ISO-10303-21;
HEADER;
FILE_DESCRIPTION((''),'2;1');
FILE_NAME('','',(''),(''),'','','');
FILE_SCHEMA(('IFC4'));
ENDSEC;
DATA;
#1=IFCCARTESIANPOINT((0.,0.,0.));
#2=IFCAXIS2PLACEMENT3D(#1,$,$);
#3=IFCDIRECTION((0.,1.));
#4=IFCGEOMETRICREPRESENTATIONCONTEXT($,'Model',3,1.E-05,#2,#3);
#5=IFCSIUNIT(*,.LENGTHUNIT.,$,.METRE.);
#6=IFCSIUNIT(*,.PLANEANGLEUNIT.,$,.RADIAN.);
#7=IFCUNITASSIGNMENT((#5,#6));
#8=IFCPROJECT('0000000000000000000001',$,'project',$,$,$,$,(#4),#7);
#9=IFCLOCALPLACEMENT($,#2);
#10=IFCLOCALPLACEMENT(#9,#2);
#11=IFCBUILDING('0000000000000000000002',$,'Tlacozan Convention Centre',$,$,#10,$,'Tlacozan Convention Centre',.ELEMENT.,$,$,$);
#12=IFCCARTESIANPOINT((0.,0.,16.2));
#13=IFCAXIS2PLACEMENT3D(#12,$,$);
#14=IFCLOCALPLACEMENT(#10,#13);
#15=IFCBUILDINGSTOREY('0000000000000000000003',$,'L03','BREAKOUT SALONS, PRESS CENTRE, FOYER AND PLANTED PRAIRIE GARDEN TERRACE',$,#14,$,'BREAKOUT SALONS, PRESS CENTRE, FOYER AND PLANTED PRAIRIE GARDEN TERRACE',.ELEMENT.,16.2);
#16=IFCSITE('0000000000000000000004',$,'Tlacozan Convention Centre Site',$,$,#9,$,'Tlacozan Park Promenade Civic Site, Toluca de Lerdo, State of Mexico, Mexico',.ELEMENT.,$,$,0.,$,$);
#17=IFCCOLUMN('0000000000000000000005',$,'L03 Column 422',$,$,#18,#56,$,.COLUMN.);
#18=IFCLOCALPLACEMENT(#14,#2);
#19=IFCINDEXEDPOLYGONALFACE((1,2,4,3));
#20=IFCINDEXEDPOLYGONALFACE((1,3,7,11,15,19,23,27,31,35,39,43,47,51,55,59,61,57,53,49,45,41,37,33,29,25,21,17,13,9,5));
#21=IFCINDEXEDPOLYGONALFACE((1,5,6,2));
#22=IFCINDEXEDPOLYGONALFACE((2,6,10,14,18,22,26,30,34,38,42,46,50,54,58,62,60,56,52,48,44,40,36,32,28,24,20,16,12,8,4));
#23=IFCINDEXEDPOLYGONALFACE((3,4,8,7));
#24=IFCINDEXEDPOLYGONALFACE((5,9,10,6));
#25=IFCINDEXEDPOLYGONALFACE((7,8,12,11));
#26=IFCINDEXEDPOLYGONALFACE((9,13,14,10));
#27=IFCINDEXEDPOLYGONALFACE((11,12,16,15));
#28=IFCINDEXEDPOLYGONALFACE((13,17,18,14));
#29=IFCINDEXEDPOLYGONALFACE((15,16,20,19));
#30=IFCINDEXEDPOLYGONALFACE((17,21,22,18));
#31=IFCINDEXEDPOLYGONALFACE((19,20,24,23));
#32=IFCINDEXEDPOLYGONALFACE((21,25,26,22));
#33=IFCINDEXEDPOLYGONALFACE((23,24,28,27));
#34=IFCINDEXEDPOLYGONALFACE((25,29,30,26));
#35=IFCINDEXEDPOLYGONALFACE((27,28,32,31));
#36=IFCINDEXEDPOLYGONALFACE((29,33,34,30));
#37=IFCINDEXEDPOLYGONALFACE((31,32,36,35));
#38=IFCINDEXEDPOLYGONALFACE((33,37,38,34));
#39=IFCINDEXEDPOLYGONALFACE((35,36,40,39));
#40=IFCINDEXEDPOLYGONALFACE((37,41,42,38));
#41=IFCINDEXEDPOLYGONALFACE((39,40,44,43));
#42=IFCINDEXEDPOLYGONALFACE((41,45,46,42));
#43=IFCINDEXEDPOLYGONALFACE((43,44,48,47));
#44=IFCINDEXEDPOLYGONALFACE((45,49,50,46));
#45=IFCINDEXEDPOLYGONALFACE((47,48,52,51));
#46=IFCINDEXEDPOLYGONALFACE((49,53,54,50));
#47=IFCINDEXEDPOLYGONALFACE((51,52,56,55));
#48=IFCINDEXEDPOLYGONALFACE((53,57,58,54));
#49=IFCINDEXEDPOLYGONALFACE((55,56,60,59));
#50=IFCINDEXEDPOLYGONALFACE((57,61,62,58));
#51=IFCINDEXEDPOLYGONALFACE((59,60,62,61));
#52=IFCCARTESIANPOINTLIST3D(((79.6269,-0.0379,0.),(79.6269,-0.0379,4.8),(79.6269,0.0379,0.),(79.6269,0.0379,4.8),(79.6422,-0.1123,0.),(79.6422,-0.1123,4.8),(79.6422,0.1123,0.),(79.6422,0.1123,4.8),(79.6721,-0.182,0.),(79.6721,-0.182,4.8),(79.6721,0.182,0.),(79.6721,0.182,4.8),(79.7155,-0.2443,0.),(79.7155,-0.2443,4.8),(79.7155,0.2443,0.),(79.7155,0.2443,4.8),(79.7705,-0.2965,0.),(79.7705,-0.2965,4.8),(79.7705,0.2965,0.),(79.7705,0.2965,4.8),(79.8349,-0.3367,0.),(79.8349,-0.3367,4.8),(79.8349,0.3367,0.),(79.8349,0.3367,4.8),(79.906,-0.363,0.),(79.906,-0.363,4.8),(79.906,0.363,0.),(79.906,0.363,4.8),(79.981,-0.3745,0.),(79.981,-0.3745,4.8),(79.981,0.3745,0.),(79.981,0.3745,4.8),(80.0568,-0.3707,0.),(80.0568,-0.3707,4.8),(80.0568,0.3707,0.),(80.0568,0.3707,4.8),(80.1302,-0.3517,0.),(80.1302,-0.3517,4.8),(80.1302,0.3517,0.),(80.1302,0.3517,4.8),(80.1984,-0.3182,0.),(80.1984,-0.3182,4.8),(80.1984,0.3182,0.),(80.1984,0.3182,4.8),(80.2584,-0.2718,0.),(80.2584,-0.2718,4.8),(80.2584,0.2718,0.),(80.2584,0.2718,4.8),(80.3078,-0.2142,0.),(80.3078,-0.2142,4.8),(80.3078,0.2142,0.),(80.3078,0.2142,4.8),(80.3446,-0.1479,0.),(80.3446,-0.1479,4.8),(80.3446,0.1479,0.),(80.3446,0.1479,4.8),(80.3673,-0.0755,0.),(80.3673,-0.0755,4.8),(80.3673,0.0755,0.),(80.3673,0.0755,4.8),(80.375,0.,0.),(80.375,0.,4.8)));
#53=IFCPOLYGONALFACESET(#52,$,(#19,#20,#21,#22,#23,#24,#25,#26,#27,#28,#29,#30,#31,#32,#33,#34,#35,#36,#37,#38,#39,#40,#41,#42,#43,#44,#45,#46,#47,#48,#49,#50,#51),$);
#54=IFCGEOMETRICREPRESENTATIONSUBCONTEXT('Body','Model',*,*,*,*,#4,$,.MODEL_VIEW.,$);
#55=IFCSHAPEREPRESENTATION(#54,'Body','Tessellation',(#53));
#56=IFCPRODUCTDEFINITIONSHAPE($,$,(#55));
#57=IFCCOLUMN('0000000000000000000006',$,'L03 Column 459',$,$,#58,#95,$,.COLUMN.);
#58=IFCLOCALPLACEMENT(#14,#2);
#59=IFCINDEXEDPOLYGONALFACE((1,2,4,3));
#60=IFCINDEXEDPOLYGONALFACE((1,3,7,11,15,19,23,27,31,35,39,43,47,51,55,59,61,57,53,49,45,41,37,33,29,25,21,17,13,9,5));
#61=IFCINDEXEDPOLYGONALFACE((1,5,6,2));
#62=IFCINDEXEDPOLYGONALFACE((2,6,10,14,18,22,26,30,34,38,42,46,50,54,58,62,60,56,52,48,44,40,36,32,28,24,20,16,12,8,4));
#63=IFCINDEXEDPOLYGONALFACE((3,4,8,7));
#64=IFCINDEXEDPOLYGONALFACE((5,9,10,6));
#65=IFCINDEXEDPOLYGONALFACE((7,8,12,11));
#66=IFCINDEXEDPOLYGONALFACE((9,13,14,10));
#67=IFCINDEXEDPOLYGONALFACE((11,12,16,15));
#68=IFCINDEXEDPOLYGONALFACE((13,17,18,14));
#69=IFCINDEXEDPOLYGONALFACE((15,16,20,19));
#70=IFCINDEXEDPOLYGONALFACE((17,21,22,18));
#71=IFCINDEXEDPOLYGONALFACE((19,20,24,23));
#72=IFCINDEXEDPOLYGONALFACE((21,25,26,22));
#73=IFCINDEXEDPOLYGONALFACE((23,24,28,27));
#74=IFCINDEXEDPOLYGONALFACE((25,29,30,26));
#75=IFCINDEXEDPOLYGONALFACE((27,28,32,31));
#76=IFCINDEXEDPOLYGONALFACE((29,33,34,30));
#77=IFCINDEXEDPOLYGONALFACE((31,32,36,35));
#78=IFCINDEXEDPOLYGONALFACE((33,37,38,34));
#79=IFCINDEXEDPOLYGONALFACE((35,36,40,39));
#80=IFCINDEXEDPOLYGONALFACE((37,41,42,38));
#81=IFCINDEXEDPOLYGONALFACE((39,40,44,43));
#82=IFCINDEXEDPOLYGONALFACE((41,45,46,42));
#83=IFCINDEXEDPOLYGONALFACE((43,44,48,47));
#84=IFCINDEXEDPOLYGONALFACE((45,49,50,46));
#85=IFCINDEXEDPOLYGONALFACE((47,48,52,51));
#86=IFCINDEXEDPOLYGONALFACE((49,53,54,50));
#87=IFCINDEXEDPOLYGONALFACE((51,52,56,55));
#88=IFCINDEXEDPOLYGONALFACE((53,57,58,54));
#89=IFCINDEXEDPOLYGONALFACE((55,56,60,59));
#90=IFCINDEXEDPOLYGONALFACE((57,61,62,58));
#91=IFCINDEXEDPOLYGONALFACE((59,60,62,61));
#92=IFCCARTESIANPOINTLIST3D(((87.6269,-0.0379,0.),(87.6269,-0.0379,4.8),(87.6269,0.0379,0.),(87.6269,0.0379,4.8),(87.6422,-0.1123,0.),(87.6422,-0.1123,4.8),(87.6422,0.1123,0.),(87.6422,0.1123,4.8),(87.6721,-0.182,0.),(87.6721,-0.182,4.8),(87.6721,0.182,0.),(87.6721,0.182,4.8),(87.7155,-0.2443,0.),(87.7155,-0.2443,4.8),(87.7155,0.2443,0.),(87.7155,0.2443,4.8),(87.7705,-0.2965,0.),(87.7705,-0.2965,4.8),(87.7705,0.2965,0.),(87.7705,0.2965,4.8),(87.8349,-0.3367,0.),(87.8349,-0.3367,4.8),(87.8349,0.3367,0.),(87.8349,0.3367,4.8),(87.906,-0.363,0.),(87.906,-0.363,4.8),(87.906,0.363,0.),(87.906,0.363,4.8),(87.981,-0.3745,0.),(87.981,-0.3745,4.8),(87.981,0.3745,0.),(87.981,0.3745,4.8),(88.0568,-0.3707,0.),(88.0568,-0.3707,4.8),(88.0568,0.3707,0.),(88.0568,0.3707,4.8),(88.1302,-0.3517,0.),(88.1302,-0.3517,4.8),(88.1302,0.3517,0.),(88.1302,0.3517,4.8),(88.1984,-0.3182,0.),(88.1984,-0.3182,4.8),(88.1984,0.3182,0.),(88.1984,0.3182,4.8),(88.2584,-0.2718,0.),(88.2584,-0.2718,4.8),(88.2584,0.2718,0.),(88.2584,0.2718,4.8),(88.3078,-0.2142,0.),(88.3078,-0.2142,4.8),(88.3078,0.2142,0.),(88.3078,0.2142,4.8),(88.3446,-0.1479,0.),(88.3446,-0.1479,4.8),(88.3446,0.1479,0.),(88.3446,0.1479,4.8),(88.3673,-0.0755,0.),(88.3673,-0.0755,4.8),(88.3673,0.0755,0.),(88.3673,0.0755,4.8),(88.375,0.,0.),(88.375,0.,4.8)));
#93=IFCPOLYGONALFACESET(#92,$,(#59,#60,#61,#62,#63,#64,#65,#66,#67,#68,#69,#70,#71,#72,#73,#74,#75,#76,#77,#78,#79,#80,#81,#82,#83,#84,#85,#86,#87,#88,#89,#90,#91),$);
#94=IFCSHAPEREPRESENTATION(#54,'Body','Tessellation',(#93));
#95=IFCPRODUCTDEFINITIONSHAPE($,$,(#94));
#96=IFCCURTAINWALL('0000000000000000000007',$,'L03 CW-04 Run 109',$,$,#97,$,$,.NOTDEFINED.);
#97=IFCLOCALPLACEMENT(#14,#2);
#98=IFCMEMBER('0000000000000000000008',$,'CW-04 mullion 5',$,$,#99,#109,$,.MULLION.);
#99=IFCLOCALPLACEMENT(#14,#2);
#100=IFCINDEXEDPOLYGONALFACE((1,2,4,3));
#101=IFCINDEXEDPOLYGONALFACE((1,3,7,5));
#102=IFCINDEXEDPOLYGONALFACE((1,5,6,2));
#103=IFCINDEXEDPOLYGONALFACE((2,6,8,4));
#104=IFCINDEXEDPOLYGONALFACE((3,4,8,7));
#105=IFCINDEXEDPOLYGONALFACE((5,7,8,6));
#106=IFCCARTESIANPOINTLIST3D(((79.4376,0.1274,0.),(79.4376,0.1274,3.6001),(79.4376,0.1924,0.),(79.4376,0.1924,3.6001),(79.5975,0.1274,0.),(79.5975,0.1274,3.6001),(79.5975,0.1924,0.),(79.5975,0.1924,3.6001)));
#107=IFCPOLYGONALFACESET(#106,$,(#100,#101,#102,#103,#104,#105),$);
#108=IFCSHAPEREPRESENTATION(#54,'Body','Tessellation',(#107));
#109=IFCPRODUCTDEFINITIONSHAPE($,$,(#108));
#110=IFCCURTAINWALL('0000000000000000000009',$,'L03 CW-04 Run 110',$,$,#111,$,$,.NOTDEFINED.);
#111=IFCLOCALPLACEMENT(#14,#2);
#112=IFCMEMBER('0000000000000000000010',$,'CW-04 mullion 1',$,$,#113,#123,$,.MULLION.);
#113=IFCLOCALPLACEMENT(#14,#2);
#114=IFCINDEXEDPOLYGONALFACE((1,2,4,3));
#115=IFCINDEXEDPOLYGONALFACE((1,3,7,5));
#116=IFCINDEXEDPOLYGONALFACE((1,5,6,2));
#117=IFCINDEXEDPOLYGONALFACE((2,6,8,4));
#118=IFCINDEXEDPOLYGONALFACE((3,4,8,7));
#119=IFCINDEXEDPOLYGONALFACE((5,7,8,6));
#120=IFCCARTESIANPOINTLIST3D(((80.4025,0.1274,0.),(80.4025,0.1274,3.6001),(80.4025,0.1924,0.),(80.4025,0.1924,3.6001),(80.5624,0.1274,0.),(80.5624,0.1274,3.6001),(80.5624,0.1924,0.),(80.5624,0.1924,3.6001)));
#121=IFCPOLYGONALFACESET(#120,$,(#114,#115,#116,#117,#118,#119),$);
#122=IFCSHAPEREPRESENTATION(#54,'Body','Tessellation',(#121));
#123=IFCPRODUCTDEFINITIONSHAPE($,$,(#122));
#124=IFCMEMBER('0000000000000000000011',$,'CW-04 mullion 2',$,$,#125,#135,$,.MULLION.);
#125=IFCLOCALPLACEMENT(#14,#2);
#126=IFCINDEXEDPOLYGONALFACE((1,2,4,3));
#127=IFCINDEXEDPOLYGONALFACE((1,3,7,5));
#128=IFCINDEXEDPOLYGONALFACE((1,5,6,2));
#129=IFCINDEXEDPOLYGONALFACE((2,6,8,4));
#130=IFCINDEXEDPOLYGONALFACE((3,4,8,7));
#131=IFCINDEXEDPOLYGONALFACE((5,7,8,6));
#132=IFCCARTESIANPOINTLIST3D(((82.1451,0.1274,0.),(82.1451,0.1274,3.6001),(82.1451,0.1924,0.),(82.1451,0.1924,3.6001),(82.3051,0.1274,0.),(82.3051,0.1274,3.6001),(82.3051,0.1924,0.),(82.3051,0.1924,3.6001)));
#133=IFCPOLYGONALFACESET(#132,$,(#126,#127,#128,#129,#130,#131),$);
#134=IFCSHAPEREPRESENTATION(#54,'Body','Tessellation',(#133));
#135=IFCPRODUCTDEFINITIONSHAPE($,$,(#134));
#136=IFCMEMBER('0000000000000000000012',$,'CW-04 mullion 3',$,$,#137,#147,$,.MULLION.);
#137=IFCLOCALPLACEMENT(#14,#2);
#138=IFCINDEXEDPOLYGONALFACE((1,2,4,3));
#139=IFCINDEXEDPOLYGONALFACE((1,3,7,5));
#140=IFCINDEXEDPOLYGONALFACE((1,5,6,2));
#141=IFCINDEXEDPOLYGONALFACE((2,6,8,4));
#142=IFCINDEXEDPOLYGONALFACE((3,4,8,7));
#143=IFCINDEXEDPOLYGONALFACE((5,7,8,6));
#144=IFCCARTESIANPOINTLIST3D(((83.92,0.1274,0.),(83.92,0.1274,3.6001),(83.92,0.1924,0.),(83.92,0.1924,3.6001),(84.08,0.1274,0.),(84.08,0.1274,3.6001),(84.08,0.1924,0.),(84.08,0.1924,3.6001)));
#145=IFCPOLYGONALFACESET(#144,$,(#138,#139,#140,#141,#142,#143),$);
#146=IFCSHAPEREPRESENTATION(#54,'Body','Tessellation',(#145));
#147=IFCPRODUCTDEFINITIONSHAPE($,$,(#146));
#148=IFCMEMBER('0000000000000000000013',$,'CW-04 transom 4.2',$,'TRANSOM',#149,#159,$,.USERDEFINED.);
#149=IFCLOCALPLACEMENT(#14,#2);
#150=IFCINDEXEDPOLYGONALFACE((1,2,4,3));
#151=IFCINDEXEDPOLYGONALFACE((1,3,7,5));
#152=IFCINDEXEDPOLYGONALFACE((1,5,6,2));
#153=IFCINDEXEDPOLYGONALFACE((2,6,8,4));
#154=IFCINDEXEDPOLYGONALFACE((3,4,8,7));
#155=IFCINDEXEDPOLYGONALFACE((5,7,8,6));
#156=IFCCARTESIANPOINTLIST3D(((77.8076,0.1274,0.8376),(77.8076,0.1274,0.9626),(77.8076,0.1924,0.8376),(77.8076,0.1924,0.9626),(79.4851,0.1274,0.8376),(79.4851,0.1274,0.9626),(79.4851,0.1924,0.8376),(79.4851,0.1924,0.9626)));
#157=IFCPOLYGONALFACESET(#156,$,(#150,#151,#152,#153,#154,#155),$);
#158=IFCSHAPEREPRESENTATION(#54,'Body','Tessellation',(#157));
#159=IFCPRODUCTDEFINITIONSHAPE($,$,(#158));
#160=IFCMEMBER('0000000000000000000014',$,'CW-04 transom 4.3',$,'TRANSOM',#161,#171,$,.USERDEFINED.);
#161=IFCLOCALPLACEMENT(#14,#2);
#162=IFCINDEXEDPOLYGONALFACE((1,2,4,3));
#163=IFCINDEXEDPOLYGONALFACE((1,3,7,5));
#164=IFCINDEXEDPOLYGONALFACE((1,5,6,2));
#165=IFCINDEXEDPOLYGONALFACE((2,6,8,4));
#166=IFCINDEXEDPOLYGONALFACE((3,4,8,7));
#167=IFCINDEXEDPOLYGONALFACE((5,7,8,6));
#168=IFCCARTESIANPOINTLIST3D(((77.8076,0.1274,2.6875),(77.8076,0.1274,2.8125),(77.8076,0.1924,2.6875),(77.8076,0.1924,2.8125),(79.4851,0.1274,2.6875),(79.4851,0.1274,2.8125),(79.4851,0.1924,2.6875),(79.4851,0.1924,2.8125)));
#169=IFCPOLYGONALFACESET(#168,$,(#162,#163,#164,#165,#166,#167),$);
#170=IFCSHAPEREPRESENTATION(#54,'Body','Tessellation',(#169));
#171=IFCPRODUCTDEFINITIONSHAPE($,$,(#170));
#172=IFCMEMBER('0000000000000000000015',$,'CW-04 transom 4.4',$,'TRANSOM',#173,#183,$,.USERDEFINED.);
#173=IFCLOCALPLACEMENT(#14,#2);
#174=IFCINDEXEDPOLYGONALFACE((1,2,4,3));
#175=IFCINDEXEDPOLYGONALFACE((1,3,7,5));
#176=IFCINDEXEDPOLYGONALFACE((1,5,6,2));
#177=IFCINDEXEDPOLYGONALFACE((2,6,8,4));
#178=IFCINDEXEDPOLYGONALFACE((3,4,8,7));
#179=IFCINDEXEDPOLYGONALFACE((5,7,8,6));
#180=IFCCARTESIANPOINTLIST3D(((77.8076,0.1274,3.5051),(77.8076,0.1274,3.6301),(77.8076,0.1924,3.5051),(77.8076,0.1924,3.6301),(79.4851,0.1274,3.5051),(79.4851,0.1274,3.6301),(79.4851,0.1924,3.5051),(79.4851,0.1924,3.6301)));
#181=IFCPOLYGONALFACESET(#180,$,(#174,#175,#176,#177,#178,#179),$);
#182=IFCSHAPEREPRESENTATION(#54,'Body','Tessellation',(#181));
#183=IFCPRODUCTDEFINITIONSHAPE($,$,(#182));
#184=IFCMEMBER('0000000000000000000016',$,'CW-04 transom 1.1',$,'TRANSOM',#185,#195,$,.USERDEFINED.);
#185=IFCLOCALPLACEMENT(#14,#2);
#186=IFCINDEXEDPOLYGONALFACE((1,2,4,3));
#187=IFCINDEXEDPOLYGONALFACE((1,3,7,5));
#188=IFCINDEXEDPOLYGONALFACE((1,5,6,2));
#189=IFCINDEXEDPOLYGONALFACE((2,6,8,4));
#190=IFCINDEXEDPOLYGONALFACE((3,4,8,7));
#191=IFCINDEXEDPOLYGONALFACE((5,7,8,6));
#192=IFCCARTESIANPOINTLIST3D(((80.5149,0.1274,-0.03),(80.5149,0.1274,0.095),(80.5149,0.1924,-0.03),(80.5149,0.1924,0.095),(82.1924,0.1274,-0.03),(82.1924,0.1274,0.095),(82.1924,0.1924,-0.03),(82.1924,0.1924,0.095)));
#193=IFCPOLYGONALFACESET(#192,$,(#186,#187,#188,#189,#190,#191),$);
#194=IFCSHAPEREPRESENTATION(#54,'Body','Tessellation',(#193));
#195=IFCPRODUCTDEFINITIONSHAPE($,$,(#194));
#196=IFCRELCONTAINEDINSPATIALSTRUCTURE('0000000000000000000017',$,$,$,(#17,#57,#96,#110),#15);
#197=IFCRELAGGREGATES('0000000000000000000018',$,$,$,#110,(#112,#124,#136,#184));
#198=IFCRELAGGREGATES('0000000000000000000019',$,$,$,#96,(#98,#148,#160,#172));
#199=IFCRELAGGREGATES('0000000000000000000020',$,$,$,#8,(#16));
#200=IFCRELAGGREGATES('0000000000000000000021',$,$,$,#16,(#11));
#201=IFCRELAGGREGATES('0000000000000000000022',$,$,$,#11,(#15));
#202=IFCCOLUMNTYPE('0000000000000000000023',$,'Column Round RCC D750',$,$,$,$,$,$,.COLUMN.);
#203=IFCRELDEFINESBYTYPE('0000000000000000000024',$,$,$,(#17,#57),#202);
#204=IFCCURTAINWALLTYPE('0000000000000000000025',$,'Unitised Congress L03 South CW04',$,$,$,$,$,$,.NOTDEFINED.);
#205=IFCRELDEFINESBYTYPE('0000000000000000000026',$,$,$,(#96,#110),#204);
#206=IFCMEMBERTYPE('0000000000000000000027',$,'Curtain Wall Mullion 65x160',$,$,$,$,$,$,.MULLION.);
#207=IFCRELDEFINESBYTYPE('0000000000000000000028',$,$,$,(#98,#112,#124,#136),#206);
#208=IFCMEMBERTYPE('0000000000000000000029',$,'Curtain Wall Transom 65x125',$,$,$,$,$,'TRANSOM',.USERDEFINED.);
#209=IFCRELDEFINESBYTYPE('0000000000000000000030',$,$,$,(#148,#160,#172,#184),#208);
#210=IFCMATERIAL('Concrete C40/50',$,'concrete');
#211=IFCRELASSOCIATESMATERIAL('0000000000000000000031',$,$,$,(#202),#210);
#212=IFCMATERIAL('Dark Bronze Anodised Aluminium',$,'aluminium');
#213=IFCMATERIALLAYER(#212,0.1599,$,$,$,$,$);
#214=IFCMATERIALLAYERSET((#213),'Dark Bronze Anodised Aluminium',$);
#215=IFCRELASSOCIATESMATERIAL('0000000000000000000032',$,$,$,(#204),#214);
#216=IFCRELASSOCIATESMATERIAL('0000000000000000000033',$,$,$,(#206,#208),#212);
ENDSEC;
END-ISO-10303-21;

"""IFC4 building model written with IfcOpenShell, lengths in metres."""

from ifc_helpers import new_model, si_unit, direction, frame, origin, origin_2d, place, context, subcontext, project, spatial, rectangle, circle, extrude, material, layer, layer_set, material_profile, profile_set, type_object, element, aggregate, save


model = new_model("IFC4")

# Units and contexts
model_context = context("Model", 3, precision=1e-05, world=origin(), true_north=direction((0.0, 1.0)))
body_context = subcontext(model_context, "Body", "Model", "MODEL_VIEW")
ifc_project = project(units=[si_unit("LENGTHUNIT", "METRE"), si_unit("PLANEANGLEUNIT", "RADIAN")], contexts=[model_context])

# Site, building, storey
site_placement = place(None, origin())
site = spatial("IfcSite", under=ifc_project, at=site_placement, Name="Tlacozan Convention Centre Site", LongName="Tlacozan Park Promenade Civic Site, Toluca de Lerdo, State of Mexico, Mexico", CompositionType="ELEMENT", RefElevation=0.0)
building_placement = place(site_placement, origin())
building = spatial("IfcBuilding", under=site, at=building_placement, Name="Tlacozan Convention Centre", LongName="Tlacozan Convention Centre", CompositionType="ELEMENT")
storey_placement = place(building_placement, frame((0.0, 0.0, 16.2)))
storey = spatial("IfcBuildingStorey", under=building, at=storey_placement, Name="L03", Description="BREAKOUT SALONS, PRESS CENTRE, FOYER AND PLANTED PRAIRIE GARDEN TERRACE", LongName="BREAKOUT SALONS, PRESS CENTRE, FOYER AND PLANTED PRAIRIE GARDEN TERRACE", CompositionType="ELEMENT", Elevation=16.2)

# Columns
ifc_material_1 = material(Name="Concrete C40/50", Category="concrete")
ifc_material_profile_1 = material_profile(ifc_material_1, circle(Radius=0.375, at=origin_2d()), Name="RCC D750")
ifc_profile_set_1 = profile_set([ifc_material_profile_1], Name="Concrete C40/50")
column_type = type_object("IfcColumnType", Name="Column Round RCC D750", PredefinedType="COLUMN", material=ifc_profile_set_1)
for number, where, z_axis, x_axis, name in (
    (1, (80.0, 0.0, 0.0), (0.0, 0.0, 1.0), (1.0, 0.0, 0.0), "L03 Column 422"),
    (2, (88.0, 0.0, 0.0), (0.0, 0.0, 1.0), (1.0, 0.0, 0.0), "L03 Column 459"),
):
    element("IfcColumn", number, at=place(storey_placement, frame(where, z_axis=z_axis, x_axis=x_axis)), inside=storey, type_object=column_type, Name=name, PredefinedType="COLUMN", context=body_context, shape_type="SweptSolid", body=[
        extrude(circle(Radius=0.375, at=origin_2d()), origin(), (0.0, 0.0, 1.0), 4.8),
    ])

# Curtain wall, member
ifc_material_2 = material(Name="Dark Bronze Anodised Aluminium", Category="aluminium")
ifc_layer_1 = layer(ifc_material_2, 0.1599)
ifc_layer_set_1 = layer_set([ifc_layer_1], Name="Dark Bronze Anodised Aluminium")
curtain_wall_type = type_object("IfcCurtainWallType", Name="Unitised Congress L03 South CW04", PredefinedType="NOTDEFINED", material=ifc_layer_set_1)
curtain_wall_1_placement = place(storey_placement, origin())
curtain_wall_1 = element("IfcCurtainWall", 3, at=curtain_wall_1_placement, inside=storey, type_object=curtain_wall_type, Name="L03 CW-04 Run 109", PredefinedType="NOTDEFINED")
ifc_material_profile_2 = material_profile(ifc_material_2, rectangle(XDim=0.0649, YDim=0.1599, at=origin_2d()), Name="ALU 65x160")
ifc_profile_set_2 = profile_set([ifc_material_profile_2], Name="Dark Bronze Anodised Aluminium")
member_type_1 = type_object("IfcMemberType", Name="Curtain Wall Mullion 65x160", PredefinedType="MULLION", material=ifc_profile_set_2)
member_1_placement = place(storey_placement, frame((79.5176, 0.1599, 0.0), z_axis=(0.0, 0.0, 1.0), x_axis=(0.0, 1.0, 0.0)))
member_1 = element("IfcMember", 4, at=member_1_placement, type_object=member_type_1, Name="CW-04 mullion 5", PredefinedType="MULLION", context=body_context, shape_type="SweptSolid", body=[
    extrude(rectangle(XDim=0.0649, YDim=0.1599, at=origin_2d()), origin(), (0.0, 0.0, 1.0), 3.6001),
])

# Curtain wall, members
curtain_wall_2_placement = place(storey_placement, origin())
curtain_wall_2 = element("IfcCurtainWall", 5, at=curtain_wall_2_placement, inside=storey, type_object=curtain_wall_type, Name="L03 CW-04 Run 110", PredefinedType="NOTDEFINED")
member_2_placement = place(storey_placement, frame((80.4824, 0.1599, 0.0), z_axis=(0.0, 0.0, 1.0), x_axis=(0.0, 1.0, 0.0)))
member_2 = element("IfcMember", 6, at=member_2_placement, type_object=member_type_1, Name="CW-04 mullion 1", PredefinedType="MULLION", context=body_context, shape_type="SweptSolid", body=[
    extrude(rectangle(XDim=0.0649, YDim=0.1599, at=origin_2d()), origin(), (0.0, 0.0, 1.0), 3.6001),
])
member_3_placement = place(storey_placement, frame((82.2251, 0.1599, 0.0), z_axis=(0.0, 0.0, 1.0), x_axis=(0.0, 1.0, 0.0)))
member_3 = element("IfcMember", 7, at=member_3_placement, type_object=member_type_1, Name="CW-04 mullion 2", PredefinedType="MULLION", context=body_context, shape_type="SweptSolid", body=[
    extrude(rectangle(XDim=0.0649, YDim=0.1599, at=origin_2d()), origin(), (0.0, 0.0, 1.0), 3.6001),
])
member_4_placement = place(storey_placement, frame((84.0, 0.1599, 0.0), z_axis=(0.0, 0.0, 1.0), x_axis=(0.0, 1.0, 0.0)))
member_4 = element("IfcMember", 8, at=member_4_placement, type_object=member_type_1, Name="CW-04 mullion 3", PredefinedType="MULLION", context=body_context, shape_type="SweptSolid", body=[
    extrude(rectangle(XDim=0.0649, YDim=0.1599, at=origin_2d()), origin(), (0.0, 0.0, 1.0), 3.6001),
])

# Members
ifc_material_profile_3 = material_profile(ifc_material_2, rectangle(XDim=0.0649, YDim=0.125, at=origin_2d()), Name="ALU 65x125")
ifc_profile_set_3 = profile_set([ifc_material_profile_3], Name="Dark Bronze Anodised Aluminium")
member_type_2 = type_object("IfcMemberType", Name="Curtain Wall Transom 65x125", ElementType="TRANSOM", PredefinedType="USERDEFINED", material=ifc_profile_set_3)
member_5_placement = place(storey_placement, frame((77.8076, 0.1599, 0.9001), z_axis=(1.0, 0.0, 0.0), x_axis=(0.0, 1.0, 0.0)))
member_5 = element("IfcMember", 9, at=member_5_placement, type_object=member_type_2, Name="CW-04 transom 4.2", ObjectType="TRANSOM", PredefinedType="USERDEFINED", context=body_context, shape_type="SweptSolid", body=[
    extrude(rectangle(XDim=0.0649, YDim=0.125, at=origin_2d()), origin(), (0.0, 0.0, 1.0), 1.6775),
])
member_6_placement = place(storey_placement, frame((77.8076, 0.1599, 2.75), z_axis=(1.0, 0.0, 0.0), x_axis=(0.0, 1.0, 0.0)))
member_6 = element("IfcMember", 10, at=member_6_placement, type_object=member_type_2, Name="CW-04 transom 4.3", ObjectType="TRANSOM", PredefinedType="USERDEFINED", context=body_context, shape_type="SweptSolid", body=[
    extrude(rectangle(XDim=0.0649, YDim=0.125, at=origin_2d()), origin(), (0.0, 0.0, 1.0), 1.6775),
])
member_7_placement = place(storey_placement, frame((77.8076, 0.1599, 3.5676), z_axis=(1.0, 0.0, 0.0), x_axis=(0.0, 1.0, 0.0)))
member_7 = element("IfcMember", 11, at=member_7_placement, type_object=member_type_2, Name="CW-04 transom 4.4", ObjectType="TRANSOM", PredefinedType="USERDEFINED", context=body_context, shape_type="SweptSolid", body=[
    extrude(rectangle(XDim=0.0649, YDim=0.125, at=origin_2d()), origin(), (0.0, 0.0, 1.0), 1.6775),
])
member_8_placement = place(storey_placement, frame((80.5149, 0.1599, 0.0325), z_axis=(1.0, 0.0, 0.0), x_axis=(0.0, 1.0, 0.0)))
member_8 = element("IfcMember", 12, at=member_8_placement, type_object=member_type_2, Name="CW-04 transom 1.1", ObjectType="TRANSOM", PredefinedType="USERDEFINED", context=body_context, shape_type="SweptSolid", body=[
    extrude(rectangle(XDim=0.0649, YDim=0.125, at=origin_2d()), origin(), (0.0, 0.0, 1.0), 1.6775),
])

aggregate(curtain_wall_2, [member_2, member_3, member_4, member_8])
aggregate(curtain_wall_1, [member_1, member_5, member_6, member_7])

save(model, "model.ifc")
